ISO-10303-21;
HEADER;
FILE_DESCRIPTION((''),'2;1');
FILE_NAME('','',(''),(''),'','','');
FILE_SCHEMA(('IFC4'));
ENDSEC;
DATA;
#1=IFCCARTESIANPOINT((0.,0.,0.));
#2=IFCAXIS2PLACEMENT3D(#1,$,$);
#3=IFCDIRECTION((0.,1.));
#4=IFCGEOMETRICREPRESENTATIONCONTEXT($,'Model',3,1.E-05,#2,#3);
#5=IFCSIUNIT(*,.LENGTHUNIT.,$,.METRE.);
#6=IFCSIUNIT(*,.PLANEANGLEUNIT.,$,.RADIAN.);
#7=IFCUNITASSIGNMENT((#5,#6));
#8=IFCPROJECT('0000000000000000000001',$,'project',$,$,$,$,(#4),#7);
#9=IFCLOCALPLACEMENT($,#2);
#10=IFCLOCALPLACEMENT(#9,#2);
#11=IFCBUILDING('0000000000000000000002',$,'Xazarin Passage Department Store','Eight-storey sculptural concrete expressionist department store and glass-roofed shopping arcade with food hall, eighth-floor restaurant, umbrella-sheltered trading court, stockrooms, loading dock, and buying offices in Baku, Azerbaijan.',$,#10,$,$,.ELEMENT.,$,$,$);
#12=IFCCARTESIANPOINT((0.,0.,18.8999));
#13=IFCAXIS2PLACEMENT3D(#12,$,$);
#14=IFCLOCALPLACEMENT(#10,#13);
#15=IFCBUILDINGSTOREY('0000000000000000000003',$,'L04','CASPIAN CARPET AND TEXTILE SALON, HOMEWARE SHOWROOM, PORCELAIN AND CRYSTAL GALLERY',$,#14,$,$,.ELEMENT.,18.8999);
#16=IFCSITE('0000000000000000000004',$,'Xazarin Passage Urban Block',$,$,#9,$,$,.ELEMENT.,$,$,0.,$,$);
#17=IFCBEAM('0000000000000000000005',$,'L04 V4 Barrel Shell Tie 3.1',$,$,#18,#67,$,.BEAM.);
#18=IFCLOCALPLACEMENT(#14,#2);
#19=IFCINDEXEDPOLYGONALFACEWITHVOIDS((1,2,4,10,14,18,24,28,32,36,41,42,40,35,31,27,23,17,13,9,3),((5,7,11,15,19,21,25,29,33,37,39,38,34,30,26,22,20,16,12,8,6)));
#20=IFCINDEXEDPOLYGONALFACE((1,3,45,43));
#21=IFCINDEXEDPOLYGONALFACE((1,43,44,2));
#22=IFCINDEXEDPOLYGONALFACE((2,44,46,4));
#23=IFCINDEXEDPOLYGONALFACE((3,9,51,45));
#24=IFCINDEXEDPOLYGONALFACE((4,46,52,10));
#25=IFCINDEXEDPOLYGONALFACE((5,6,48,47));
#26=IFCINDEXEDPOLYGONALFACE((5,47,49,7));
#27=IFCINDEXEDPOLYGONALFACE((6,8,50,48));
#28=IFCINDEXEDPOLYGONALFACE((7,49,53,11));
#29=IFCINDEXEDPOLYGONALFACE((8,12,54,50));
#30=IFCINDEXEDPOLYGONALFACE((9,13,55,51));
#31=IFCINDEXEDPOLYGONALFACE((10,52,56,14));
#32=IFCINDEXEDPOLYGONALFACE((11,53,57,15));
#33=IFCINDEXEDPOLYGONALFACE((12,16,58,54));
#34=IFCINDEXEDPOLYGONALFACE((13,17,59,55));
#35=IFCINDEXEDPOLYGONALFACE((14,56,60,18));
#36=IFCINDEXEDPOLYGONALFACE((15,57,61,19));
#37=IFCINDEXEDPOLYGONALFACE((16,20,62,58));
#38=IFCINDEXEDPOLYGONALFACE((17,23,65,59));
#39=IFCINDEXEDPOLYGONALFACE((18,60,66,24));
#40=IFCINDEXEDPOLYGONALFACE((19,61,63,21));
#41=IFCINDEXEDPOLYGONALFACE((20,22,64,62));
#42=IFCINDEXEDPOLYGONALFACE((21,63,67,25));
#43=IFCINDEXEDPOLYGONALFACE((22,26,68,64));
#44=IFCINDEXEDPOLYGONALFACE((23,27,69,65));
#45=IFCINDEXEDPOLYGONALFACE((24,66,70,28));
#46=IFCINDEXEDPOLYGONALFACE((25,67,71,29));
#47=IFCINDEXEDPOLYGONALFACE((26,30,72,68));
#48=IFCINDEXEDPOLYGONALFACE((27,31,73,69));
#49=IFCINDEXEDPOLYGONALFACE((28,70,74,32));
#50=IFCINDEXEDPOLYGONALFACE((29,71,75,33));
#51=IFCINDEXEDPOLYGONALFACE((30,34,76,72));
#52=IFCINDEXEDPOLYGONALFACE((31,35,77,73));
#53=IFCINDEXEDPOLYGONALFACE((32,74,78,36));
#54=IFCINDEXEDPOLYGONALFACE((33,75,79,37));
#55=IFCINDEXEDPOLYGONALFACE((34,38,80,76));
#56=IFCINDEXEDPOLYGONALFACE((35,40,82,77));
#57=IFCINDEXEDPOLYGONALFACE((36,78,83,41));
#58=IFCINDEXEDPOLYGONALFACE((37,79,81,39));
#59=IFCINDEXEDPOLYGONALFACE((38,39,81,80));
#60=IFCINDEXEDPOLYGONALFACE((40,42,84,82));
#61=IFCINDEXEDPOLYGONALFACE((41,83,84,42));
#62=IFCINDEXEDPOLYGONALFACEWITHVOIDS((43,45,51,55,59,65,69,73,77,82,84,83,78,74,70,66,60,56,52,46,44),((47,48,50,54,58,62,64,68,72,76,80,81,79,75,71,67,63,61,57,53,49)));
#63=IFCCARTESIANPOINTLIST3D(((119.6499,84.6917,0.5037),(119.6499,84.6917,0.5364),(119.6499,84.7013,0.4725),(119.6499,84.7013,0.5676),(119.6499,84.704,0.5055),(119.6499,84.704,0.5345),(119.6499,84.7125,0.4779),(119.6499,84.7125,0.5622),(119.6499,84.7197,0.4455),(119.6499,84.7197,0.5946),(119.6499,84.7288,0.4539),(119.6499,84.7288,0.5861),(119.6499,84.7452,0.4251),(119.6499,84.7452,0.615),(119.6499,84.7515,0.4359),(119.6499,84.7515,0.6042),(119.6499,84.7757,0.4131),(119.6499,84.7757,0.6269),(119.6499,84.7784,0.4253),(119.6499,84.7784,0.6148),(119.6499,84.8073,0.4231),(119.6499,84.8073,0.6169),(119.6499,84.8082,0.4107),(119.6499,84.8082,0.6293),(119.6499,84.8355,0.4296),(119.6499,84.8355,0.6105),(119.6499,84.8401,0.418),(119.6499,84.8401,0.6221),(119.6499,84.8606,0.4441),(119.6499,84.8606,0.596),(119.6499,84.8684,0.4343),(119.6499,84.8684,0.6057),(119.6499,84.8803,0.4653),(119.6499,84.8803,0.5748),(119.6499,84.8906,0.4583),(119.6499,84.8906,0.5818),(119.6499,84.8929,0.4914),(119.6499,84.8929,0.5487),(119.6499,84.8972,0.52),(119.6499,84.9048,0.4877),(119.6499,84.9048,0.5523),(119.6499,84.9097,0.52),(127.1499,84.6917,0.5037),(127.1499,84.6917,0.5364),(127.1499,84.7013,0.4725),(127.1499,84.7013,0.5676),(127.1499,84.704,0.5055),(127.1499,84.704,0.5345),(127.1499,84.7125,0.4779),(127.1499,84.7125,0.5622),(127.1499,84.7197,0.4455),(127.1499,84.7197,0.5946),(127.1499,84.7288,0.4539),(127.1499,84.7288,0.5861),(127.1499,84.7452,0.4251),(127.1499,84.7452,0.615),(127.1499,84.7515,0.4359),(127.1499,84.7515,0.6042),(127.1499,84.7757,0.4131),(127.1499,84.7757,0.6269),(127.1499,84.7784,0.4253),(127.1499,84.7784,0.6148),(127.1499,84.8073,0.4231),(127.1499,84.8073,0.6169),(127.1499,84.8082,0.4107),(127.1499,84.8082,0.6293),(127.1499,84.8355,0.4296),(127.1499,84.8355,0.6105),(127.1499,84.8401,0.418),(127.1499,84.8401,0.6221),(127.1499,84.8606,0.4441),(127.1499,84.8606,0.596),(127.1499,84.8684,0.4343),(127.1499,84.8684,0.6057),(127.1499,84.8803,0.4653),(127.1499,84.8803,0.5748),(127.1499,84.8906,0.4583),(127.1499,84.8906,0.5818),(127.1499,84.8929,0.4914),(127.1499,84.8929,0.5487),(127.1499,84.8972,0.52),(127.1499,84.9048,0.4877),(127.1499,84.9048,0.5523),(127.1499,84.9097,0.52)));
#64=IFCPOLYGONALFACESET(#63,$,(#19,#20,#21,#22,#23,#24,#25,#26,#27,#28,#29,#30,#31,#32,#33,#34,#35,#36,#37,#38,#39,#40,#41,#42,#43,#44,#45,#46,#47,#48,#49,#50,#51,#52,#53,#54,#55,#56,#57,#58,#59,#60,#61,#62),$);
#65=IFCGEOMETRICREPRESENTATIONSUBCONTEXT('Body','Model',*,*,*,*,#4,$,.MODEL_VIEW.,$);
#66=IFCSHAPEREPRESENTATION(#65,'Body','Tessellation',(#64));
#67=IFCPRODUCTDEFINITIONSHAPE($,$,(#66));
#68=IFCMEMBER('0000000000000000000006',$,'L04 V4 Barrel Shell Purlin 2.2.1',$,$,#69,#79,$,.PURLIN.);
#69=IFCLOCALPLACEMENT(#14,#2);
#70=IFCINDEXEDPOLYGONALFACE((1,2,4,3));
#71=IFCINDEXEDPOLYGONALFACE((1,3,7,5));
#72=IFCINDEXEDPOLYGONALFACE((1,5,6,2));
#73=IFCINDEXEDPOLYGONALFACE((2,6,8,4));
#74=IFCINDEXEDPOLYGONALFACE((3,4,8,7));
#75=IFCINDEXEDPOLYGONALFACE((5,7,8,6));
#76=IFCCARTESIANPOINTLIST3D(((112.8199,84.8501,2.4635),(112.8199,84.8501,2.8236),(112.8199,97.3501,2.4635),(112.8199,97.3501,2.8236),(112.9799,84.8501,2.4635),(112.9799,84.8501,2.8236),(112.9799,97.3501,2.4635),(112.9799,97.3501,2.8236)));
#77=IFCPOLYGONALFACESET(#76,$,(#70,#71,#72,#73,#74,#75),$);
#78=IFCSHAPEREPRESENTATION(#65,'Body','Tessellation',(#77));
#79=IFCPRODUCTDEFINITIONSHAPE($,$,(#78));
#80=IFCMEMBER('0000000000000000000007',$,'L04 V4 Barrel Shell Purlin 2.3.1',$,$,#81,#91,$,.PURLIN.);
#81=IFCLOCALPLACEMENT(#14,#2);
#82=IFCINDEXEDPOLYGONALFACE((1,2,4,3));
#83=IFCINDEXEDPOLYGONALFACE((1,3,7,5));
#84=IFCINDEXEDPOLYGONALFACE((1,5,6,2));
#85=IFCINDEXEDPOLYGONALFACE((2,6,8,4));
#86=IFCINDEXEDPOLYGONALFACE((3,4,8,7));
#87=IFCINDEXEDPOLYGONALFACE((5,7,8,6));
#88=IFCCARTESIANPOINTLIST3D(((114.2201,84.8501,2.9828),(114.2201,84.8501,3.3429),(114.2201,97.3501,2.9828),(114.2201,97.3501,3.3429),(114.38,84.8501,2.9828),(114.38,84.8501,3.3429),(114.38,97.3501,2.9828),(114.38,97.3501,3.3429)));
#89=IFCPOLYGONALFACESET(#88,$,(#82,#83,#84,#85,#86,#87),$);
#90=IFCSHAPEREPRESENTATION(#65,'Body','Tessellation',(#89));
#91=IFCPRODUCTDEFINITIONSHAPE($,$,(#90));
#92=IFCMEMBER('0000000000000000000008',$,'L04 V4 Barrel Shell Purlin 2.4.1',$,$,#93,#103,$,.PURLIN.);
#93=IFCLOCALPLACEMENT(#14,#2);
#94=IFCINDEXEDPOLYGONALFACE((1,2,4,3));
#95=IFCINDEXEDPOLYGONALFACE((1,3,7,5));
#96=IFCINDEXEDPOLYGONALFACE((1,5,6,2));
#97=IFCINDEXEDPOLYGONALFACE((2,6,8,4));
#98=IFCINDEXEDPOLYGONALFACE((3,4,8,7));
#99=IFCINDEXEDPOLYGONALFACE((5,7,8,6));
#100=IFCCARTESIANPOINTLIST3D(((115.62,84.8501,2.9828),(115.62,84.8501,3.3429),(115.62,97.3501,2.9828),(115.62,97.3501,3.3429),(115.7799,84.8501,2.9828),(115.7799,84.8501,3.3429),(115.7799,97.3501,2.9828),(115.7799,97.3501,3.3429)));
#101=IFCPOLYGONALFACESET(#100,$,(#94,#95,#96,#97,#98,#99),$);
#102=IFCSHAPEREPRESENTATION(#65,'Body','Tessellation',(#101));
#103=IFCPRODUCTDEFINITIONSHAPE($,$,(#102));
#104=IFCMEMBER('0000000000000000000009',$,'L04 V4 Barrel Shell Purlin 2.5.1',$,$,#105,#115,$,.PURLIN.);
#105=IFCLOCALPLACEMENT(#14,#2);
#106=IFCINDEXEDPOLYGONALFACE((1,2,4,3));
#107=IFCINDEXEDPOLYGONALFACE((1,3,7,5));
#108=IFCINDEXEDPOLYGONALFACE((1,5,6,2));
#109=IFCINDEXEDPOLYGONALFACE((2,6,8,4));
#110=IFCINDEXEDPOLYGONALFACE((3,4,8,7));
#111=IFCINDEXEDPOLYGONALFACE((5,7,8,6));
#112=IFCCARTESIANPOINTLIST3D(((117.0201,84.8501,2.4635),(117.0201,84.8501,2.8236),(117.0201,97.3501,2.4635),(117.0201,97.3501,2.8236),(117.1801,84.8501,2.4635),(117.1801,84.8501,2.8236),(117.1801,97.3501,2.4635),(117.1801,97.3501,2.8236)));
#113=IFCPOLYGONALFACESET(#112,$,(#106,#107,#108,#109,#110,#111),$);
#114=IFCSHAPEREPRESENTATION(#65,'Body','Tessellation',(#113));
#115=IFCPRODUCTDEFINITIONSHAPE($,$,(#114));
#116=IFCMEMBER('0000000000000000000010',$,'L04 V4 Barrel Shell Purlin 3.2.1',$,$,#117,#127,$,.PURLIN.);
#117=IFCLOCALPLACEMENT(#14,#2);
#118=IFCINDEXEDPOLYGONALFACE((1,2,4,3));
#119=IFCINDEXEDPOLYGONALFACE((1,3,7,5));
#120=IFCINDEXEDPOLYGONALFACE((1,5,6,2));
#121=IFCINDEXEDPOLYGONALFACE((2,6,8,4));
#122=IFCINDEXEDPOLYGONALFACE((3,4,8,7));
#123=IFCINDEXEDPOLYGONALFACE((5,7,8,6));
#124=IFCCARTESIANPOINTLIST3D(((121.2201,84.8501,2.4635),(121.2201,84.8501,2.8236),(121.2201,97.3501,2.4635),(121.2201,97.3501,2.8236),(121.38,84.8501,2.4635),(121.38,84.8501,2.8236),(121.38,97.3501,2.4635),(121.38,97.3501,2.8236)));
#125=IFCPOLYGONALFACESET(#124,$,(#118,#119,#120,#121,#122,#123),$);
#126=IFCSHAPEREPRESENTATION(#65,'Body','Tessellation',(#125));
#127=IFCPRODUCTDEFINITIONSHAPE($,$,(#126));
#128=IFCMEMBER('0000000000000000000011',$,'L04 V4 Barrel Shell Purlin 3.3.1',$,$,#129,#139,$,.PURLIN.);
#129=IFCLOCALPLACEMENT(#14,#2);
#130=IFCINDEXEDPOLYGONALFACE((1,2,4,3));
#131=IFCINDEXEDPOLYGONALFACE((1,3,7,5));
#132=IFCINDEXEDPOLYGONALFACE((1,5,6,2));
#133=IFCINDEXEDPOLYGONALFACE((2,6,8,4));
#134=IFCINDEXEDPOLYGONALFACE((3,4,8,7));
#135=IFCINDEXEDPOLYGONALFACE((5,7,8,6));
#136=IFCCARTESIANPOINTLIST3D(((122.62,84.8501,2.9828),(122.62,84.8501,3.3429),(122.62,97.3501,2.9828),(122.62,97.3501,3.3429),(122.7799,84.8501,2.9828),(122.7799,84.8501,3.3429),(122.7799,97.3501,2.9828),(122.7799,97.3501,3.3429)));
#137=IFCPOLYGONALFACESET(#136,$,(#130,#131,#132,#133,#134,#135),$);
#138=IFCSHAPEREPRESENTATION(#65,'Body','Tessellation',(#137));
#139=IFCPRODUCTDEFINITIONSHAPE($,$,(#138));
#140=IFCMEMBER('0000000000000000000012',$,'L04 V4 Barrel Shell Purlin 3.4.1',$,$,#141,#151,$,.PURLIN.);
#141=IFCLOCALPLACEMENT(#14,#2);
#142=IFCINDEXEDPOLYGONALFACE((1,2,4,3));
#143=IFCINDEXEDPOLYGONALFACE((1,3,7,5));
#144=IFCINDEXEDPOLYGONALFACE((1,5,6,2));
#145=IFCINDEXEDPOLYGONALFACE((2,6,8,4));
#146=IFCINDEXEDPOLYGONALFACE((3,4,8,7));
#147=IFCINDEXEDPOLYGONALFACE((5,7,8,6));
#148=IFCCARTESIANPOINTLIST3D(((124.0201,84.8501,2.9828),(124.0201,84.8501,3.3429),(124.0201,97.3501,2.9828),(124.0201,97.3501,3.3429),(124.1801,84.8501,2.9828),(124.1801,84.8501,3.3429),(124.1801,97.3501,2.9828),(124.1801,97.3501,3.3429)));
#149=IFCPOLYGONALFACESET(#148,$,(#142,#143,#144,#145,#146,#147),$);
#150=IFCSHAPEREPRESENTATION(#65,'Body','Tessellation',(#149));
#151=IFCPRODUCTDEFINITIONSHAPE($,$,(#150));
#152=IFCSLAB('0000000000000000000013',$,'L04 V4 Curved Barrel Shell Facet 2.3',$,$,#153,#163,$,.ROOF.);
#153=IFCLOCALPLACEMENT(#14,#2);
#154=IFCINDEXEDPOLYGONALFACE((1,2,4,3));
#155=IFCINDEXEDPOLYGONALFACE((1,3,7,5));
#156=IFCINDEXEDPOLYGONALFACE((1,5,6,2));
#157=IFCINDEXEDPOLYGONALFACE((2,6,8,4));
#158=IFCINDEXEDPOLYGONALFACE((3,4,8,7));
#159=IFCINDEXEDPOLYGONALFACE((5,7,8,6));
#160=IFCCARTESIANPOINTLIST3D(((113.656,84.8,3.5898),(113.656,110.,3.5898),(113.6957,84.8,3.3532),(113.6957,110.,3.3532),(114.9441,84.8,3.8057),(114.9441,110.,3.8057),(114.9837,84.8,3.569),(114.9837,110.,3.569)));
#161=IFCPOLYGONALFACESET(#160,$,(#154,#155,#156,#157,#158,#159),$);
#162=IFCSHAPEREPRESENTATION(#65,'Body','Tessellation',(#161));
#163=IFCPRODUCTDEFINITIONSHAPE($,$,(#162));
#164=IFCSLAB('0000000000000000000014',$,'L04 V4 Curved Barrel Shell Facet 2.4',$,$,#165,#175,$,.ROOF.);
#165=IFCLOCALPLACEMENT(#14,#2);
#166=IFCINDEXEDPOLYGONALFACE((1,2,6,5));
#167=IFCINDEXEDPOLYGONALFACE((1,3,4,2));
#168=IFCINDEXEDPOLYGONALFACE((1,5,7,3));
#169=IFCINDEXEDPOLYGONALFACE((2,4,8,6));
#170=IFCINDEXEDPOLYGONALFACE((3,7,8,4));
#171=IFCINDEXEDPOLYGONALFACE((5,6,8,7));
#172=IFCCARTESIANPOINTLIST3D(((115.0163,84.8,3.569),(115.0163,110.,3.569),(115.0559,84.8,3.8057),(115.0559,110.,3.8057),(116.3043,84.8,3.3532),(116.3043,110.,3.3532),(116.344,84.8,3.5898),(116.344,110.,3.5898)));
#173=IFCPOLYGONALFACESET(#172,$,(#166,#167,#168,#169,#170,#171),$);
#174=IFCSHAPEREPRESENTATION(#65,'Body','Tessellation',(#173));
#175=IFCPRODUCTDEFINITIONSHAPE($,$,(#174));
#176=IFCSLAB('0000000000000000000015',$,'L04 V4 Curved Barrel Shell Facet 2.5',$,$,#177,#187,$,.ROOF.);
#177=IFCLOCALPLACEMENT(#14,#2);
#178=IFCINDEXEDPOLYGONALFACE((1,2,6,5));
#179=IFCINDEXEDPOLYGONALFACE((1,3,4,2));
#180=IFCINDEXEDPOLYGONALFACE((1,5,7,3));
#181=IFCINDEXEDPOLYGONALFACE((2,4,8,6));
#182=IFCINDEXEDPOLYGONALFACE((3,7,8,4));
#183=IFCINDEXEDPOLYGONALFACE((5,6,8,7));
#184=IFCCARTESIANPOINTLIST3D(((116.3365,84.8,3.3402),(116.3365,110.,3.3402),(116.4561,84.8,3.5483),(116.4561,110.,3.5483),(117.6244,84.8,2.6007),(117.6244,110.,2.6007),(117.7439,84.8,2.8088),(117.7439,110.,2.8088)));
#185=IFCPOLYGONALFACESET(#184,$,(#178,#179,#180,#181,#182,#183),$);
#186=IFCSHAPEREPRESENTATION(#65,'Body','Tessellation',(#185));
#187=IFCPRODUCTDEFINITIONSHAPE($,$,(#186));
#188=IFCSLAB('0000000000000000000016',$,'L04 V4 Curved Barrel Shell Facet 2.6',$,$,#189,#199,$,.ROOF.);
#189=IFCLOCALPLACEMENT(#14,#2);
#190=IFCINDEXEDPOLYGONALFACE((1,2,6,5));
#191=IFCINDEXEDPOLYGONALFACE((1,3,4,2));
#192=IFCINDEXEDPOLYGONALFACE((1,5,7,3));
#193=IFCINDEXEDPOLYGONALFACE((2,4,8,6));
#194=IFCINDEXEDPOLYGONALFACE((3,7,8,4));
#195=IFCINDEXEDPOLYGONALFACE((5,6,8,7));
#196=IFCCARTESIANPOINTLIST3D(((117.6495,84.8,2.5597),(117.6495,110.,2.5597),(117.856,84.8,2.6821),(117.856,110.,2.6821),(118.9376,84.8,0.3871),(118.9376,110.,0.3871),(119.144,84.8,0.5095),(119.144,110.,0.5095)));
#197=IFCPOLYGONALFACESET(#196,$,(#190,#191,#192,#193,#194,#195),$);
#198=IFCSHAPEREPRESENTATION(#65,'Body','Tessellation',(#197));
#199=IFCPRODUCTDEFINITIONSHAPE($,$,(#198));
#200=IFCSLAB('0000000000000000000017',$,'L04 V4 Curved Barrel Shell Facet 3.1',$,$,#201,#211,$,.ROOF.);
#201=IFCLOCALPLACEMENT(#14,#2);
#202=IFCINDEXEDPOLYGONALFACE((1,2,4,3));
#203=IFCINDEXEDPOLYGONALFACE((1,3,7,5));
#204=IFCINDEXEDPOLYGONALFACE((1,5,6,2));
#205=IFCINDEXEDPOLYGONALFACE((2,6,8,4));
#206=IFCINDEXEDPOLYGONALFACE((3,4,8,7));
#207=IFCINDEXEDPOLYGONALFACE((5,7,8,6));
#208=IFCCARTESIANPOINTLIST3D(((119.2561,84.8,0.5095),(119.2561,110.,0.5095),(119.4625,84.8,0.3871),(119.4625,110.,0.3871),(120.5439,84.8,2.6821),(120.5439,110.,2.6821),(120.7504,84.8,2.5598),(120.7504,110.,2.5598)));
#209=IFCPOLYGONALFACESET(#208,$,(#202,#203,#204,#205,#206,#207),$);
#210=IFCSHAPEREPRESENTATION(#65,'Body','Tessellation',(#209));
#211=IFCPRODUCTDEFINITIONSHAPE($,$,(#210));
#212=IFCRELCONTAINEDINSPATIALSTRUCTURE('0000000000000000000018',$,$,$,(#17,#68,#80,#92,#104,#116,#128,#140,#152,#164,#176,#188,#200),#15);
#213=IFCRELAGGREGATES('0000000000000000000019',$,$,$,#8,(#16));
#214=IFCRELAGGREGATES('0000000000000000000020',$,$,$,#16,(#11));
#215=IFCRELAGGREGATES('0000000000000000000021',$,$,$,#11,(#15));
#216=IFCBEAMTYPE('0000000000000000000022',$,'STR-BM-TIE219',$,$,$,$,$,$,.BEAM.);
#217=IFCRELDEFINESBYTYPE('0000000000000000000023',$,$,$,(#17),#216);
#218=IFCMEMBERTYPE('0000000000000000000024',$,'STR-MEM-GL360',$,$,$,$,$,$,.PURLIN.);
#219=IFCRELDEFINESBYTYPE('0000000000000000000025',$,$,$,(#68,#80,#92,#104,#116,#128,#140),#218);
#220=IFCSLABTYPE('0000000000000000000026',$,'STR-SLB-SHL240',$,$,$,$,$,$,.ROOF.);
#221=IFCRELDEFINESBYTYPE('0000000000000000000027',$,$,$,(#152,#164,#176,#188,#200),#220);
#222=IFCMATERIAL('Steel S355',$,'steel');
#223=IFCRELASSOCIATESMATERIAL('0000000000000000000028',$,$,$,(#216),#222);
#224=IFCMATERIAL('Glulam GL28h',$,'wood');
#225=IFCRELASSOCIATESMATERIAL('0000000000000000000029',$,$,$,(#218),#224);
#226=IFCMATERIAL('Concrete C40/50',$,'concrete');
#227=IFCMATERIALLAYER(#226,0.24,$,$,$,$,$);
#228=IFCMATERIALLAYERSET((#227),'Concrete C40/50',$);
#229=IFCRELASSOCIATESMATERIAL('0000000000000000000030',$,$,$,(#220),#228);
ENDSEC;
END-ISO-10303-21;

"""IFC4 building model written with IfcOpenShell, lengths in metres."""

from ifc_helpers import new_model, si_unit, direction, frame, origin, origin_2d, place, context, subcontext, project, spatial, polyline, rectangle, hollow_circle, outline, extrude, material, layer, layer_set, material_profile, profile_set, type_object, element, save


model = new_model("IFC4")

# Units and contexts
model_context = context("Model", 3, precision=1e-05, world=origin(), true_north=direction((0.0, 1.0)))
body_context = subcontext(model_context, "Body", "Model", "MODEL_VIEW")
ifc_project = project(units=[si_unit("LENGTHUNIT", "METRE"), si_unit("PLANEANGLEUNIT", "RADIAN")], contexts=[model_context])

# Site, building, storey
site_placement = place(None, origin())
site = spatial("IfcSite", under=ifc_project, at=site_placement, Name="Xazarin Passage Urban Block", CompositionType="ELEMENT", RefElevation=0.0)
building_placement = place(site_placement, origin())
building = spatial("IfcBuilding", under=site, at=building_placement, Name="Xazarin Passage Department Store", Description="Eight-storey sculptural concrete expressionist department store and glass-roofed shopping arcade with food hall, eighth-floor restaurant, umbrella-sheltered trading court, stockrooms, loading dock, and buying offices in Baku, Azerbaijan.", CompositionType="ELEMENT")
storey_placement = place(building_placement, frame((0.0, 0.0, 18.8999)))
storey = spatial("IfcBuildingStorey", under=building, at=storey_placement, Name="L04", Description="CASPIAN CARPET AND TEXTILE SALON, HOMEWARE SHOWROOM, PORCELAIN AND CRYSTAL GALLERY", CompositionType="ELEMENT", Elevation=18.8999)

# Beam
ifc_material_1 = material(Name="Steel S355", Category="steel")
ifc_material_profile_1 = material_profile(ifc_material_1, hollow_circle(Radius=0.1096, WallThickness=0.0125, at=origin_2d()), Name="CHS 219.1x12.5")
ifc_profile_set_1 = profile_set([ifc_material_profile_1], Name="Steel S355")
beam_type_1 = type_object("IfcBeamType", Name="STR-BM-TIE219", PredefinedType="BEAM", material=ifc_profile_set_1)
beam_1_placement = place(storey_placement, frame((119.6499, 84.8, 0.52), z_axis=(1.0, 0.0, 0.0), x_axis=(0.0, 1.0, 0.0)))
element("IfcBeam", 1, at=beam_1_placement, inside=storey, type_object=beam_type_1, Name="L04 V4 Barrel Shell Tie 3.1", PredefinedType="BEAM", context=body_context, shape_type="SweptSolid", body=[
    extrude(hollow_circle(Radius=0.1096, WallThickness=0.0125, at=origin_2d()), origin(), (0.0, 0.0, 1.0), 7.5),
])

# Members
ifc_material_2 = material(Name="Glulam GL28h", Category="wood")
ifc_material_profile_2 = material_profile(ifc_material_2, rectangle(XDim=0.1599, YDim=0.3601, at=origin_2d()), Name="GL28h 160x360")
ifc_profile_set_2 = profile_set([ifc_material_profile_2], Name="Glulam GL28h")
member_type = type_object("IfcMemberType", Name="STR-MEM-GL360", PredefinedType="PURLIN", material=ifc_profile_set_2)
for number, where, z_axis, x_axis, name in (
    (2, (112.8999, 84.8501, 2.6436), (0.0, 1.0, 0.0), (-1.0, 0.0, 0.0), "L04 V4 Barrel Shell Purlin 2.2.1"),
    (3, (114.3, 84.8501, 3.1628), (0.0, 1.0, 0.0), (-1.0, 0.0, 0.0), "L04 V4 Barrel Shell Purlin 2.3.1"),
    (4, (115.7, 84.8501, 3.1628), (0.0, 1.0, 0.0), (-1.0, 0.0, 0.0), "L04 V4 Barrel Shell Purlin 2.4.1"),
    (5, (117.1001, 84.8501, 2.6436), (0.0, 1.0, 0.0), (-1.0, 0.0, 0.0), "L04 V4 Barrel Shell Purlin 2.5.1"),
    (6, (121.3, 84.8501, 2.6436), (0.0, 1.0, 0.0), (-1.0, 0.0, 0.0), "L04 V4 Barrel Shell Purlin 3.2.1"),
    (7, (122.7, 84.8501, 3.1628), (0.0, 1.0, 0.0), (-1.0, 0.0, 0.0), "L04 V4 Barrel Shell Purlin 3.3.1"),
    (8, (124.1001, 84.8501, 3.1628), (0.0, 1.0, 0.0), (-1.0, 0.0, 0.0), "L04 V4 Barrel Shell Purlin 3.4.1"),
):
    element("IfcMember", number, at=place(storey_placement, frame(where, z_axis=z_axis, x_axis=x_axis)), inside=storey, type_object=member_type, Name=name, PredefinedType="PURLIN", context=body_context, shape_type="SweptSolid", body=[
        extrude(rectangle(XDim=0.1599, YDim=0.3601, at=origin_2d()), origin(), (0.0, 0.0, 1.0), 12.5),
    ])

# Slabs
ifc_material_3 = material(Name="Concrete C40/50", Category="concrete")
ifc_layer = layer(ifc_material_3, 0.24)
ifc_layer_set = layer_set([ifc_layer], Name="Concrete C40/50")
slab_type = type_object("IfcSlabType", Name="STR-SLB-SHL240", PredefinedType="ROOF", material=ifc_layer_set)
for number, where, z_axis, x_axis, name in (
    (9, (113.656, 84.8, 3.5898), (-0.165248, 0.0, 0.986252), (0.986252, 0.0, 0.165248), "L04 V4 Curved Barrel Shell Facet 2.3"),
    (10, (115.0559, 84.8, 3.8057), (0.165248, 0.0, 0.986252), (0.986252, 0.0, -0.165248), "L04 V4 Curved Barrel Shell Facet 2.4"),
):
    element("IfcSlab", number, at=place(storey_placement, frame(where, z_axis=z_axis, x_axis=x_axis)), inside=storey, type_object=slab_type, Name=name, PredefinedType="ROOF", context=body_context, shape_type="SweptSolid", body=[
        extrude(outline(polyline([(0.0, 0.0), (1.306, 0.0), (1.306, 25.2), (0.0, 25.2), (0.0, 0.0)])), origin(), (0.0, 0.0, -1.0), 0.24),
    ])
slab_1_placement = place(storey_placement, frame((116.4561, 84.8, 3.5483), z_axis=(0.497961, 0.0, 0.867199), x_axis=(0.867199, 0.0, -0.497961)))
element("IfcSlab", 11, at=slab_1_placement, inside=storey, type_object=slab_type, Name="L04 V4 Curved Barrel Shell Facet 2.5", PredefinedType="ROOF", context=body_context, shape_type="SweptSolid", body=[
    extrude(outline(polyline([(0.0, 0.0), (1.4851, 0.0), (1.4851, 25.2), (0.0, 25.2), (0.0, 0.0)])), origin(), (0.0, 0.0, -1.0), 0.24),
])
slab_2_placement = place(storey_placement, frame((117.856, 84.8, 2.6821), z_axis=(0.860185, 0.0, 0.509983), x_axis=(0.509983, 0.0, -0.860185)))
element("IfcSlab", 12, at=slab_2_placement, inside=storey, type_object=slab_type, Name="L04 V4 Curved Barrel Shell Facet 2.6", PredefinedType="ROOF", context=body_context, shape_type="SweptSolid", body=[
    extrude(outline(polyline([(0.0, 0.0), (2.5257, 0.0), (2.5257, 25.2), (0.0, 25.2), (0.0, 0.0)])), origin(), (0.0, 0.0, -1.0), 0.24),
])
slab_3_placement = place(storey_placement, frame((119.2561, 84.8, 0.5095), z_axis=(-0.860227, 0.0, 0.509911), x_axis=(0.509911, 0.0, 0.860227)))
element("IfcSlab", 13, at=slab_3_placement, inside=storey, type_object=slab_type, Name="L04 V4 Curved Barrel Shell Facet 3.1", PredefinedType="ROOF", context=body_context, shape_type="SweptSolid", body=[
    extrude(outline(polyline([(0.0, 0.0), (2.5256, 0.0), (2.5256, 25.2), (0.0, 25.2), (0.0, 0.0)])), origin(), (0.0, 0.0, -1.0), 0.24),
])

save(model, "model.ifc")
